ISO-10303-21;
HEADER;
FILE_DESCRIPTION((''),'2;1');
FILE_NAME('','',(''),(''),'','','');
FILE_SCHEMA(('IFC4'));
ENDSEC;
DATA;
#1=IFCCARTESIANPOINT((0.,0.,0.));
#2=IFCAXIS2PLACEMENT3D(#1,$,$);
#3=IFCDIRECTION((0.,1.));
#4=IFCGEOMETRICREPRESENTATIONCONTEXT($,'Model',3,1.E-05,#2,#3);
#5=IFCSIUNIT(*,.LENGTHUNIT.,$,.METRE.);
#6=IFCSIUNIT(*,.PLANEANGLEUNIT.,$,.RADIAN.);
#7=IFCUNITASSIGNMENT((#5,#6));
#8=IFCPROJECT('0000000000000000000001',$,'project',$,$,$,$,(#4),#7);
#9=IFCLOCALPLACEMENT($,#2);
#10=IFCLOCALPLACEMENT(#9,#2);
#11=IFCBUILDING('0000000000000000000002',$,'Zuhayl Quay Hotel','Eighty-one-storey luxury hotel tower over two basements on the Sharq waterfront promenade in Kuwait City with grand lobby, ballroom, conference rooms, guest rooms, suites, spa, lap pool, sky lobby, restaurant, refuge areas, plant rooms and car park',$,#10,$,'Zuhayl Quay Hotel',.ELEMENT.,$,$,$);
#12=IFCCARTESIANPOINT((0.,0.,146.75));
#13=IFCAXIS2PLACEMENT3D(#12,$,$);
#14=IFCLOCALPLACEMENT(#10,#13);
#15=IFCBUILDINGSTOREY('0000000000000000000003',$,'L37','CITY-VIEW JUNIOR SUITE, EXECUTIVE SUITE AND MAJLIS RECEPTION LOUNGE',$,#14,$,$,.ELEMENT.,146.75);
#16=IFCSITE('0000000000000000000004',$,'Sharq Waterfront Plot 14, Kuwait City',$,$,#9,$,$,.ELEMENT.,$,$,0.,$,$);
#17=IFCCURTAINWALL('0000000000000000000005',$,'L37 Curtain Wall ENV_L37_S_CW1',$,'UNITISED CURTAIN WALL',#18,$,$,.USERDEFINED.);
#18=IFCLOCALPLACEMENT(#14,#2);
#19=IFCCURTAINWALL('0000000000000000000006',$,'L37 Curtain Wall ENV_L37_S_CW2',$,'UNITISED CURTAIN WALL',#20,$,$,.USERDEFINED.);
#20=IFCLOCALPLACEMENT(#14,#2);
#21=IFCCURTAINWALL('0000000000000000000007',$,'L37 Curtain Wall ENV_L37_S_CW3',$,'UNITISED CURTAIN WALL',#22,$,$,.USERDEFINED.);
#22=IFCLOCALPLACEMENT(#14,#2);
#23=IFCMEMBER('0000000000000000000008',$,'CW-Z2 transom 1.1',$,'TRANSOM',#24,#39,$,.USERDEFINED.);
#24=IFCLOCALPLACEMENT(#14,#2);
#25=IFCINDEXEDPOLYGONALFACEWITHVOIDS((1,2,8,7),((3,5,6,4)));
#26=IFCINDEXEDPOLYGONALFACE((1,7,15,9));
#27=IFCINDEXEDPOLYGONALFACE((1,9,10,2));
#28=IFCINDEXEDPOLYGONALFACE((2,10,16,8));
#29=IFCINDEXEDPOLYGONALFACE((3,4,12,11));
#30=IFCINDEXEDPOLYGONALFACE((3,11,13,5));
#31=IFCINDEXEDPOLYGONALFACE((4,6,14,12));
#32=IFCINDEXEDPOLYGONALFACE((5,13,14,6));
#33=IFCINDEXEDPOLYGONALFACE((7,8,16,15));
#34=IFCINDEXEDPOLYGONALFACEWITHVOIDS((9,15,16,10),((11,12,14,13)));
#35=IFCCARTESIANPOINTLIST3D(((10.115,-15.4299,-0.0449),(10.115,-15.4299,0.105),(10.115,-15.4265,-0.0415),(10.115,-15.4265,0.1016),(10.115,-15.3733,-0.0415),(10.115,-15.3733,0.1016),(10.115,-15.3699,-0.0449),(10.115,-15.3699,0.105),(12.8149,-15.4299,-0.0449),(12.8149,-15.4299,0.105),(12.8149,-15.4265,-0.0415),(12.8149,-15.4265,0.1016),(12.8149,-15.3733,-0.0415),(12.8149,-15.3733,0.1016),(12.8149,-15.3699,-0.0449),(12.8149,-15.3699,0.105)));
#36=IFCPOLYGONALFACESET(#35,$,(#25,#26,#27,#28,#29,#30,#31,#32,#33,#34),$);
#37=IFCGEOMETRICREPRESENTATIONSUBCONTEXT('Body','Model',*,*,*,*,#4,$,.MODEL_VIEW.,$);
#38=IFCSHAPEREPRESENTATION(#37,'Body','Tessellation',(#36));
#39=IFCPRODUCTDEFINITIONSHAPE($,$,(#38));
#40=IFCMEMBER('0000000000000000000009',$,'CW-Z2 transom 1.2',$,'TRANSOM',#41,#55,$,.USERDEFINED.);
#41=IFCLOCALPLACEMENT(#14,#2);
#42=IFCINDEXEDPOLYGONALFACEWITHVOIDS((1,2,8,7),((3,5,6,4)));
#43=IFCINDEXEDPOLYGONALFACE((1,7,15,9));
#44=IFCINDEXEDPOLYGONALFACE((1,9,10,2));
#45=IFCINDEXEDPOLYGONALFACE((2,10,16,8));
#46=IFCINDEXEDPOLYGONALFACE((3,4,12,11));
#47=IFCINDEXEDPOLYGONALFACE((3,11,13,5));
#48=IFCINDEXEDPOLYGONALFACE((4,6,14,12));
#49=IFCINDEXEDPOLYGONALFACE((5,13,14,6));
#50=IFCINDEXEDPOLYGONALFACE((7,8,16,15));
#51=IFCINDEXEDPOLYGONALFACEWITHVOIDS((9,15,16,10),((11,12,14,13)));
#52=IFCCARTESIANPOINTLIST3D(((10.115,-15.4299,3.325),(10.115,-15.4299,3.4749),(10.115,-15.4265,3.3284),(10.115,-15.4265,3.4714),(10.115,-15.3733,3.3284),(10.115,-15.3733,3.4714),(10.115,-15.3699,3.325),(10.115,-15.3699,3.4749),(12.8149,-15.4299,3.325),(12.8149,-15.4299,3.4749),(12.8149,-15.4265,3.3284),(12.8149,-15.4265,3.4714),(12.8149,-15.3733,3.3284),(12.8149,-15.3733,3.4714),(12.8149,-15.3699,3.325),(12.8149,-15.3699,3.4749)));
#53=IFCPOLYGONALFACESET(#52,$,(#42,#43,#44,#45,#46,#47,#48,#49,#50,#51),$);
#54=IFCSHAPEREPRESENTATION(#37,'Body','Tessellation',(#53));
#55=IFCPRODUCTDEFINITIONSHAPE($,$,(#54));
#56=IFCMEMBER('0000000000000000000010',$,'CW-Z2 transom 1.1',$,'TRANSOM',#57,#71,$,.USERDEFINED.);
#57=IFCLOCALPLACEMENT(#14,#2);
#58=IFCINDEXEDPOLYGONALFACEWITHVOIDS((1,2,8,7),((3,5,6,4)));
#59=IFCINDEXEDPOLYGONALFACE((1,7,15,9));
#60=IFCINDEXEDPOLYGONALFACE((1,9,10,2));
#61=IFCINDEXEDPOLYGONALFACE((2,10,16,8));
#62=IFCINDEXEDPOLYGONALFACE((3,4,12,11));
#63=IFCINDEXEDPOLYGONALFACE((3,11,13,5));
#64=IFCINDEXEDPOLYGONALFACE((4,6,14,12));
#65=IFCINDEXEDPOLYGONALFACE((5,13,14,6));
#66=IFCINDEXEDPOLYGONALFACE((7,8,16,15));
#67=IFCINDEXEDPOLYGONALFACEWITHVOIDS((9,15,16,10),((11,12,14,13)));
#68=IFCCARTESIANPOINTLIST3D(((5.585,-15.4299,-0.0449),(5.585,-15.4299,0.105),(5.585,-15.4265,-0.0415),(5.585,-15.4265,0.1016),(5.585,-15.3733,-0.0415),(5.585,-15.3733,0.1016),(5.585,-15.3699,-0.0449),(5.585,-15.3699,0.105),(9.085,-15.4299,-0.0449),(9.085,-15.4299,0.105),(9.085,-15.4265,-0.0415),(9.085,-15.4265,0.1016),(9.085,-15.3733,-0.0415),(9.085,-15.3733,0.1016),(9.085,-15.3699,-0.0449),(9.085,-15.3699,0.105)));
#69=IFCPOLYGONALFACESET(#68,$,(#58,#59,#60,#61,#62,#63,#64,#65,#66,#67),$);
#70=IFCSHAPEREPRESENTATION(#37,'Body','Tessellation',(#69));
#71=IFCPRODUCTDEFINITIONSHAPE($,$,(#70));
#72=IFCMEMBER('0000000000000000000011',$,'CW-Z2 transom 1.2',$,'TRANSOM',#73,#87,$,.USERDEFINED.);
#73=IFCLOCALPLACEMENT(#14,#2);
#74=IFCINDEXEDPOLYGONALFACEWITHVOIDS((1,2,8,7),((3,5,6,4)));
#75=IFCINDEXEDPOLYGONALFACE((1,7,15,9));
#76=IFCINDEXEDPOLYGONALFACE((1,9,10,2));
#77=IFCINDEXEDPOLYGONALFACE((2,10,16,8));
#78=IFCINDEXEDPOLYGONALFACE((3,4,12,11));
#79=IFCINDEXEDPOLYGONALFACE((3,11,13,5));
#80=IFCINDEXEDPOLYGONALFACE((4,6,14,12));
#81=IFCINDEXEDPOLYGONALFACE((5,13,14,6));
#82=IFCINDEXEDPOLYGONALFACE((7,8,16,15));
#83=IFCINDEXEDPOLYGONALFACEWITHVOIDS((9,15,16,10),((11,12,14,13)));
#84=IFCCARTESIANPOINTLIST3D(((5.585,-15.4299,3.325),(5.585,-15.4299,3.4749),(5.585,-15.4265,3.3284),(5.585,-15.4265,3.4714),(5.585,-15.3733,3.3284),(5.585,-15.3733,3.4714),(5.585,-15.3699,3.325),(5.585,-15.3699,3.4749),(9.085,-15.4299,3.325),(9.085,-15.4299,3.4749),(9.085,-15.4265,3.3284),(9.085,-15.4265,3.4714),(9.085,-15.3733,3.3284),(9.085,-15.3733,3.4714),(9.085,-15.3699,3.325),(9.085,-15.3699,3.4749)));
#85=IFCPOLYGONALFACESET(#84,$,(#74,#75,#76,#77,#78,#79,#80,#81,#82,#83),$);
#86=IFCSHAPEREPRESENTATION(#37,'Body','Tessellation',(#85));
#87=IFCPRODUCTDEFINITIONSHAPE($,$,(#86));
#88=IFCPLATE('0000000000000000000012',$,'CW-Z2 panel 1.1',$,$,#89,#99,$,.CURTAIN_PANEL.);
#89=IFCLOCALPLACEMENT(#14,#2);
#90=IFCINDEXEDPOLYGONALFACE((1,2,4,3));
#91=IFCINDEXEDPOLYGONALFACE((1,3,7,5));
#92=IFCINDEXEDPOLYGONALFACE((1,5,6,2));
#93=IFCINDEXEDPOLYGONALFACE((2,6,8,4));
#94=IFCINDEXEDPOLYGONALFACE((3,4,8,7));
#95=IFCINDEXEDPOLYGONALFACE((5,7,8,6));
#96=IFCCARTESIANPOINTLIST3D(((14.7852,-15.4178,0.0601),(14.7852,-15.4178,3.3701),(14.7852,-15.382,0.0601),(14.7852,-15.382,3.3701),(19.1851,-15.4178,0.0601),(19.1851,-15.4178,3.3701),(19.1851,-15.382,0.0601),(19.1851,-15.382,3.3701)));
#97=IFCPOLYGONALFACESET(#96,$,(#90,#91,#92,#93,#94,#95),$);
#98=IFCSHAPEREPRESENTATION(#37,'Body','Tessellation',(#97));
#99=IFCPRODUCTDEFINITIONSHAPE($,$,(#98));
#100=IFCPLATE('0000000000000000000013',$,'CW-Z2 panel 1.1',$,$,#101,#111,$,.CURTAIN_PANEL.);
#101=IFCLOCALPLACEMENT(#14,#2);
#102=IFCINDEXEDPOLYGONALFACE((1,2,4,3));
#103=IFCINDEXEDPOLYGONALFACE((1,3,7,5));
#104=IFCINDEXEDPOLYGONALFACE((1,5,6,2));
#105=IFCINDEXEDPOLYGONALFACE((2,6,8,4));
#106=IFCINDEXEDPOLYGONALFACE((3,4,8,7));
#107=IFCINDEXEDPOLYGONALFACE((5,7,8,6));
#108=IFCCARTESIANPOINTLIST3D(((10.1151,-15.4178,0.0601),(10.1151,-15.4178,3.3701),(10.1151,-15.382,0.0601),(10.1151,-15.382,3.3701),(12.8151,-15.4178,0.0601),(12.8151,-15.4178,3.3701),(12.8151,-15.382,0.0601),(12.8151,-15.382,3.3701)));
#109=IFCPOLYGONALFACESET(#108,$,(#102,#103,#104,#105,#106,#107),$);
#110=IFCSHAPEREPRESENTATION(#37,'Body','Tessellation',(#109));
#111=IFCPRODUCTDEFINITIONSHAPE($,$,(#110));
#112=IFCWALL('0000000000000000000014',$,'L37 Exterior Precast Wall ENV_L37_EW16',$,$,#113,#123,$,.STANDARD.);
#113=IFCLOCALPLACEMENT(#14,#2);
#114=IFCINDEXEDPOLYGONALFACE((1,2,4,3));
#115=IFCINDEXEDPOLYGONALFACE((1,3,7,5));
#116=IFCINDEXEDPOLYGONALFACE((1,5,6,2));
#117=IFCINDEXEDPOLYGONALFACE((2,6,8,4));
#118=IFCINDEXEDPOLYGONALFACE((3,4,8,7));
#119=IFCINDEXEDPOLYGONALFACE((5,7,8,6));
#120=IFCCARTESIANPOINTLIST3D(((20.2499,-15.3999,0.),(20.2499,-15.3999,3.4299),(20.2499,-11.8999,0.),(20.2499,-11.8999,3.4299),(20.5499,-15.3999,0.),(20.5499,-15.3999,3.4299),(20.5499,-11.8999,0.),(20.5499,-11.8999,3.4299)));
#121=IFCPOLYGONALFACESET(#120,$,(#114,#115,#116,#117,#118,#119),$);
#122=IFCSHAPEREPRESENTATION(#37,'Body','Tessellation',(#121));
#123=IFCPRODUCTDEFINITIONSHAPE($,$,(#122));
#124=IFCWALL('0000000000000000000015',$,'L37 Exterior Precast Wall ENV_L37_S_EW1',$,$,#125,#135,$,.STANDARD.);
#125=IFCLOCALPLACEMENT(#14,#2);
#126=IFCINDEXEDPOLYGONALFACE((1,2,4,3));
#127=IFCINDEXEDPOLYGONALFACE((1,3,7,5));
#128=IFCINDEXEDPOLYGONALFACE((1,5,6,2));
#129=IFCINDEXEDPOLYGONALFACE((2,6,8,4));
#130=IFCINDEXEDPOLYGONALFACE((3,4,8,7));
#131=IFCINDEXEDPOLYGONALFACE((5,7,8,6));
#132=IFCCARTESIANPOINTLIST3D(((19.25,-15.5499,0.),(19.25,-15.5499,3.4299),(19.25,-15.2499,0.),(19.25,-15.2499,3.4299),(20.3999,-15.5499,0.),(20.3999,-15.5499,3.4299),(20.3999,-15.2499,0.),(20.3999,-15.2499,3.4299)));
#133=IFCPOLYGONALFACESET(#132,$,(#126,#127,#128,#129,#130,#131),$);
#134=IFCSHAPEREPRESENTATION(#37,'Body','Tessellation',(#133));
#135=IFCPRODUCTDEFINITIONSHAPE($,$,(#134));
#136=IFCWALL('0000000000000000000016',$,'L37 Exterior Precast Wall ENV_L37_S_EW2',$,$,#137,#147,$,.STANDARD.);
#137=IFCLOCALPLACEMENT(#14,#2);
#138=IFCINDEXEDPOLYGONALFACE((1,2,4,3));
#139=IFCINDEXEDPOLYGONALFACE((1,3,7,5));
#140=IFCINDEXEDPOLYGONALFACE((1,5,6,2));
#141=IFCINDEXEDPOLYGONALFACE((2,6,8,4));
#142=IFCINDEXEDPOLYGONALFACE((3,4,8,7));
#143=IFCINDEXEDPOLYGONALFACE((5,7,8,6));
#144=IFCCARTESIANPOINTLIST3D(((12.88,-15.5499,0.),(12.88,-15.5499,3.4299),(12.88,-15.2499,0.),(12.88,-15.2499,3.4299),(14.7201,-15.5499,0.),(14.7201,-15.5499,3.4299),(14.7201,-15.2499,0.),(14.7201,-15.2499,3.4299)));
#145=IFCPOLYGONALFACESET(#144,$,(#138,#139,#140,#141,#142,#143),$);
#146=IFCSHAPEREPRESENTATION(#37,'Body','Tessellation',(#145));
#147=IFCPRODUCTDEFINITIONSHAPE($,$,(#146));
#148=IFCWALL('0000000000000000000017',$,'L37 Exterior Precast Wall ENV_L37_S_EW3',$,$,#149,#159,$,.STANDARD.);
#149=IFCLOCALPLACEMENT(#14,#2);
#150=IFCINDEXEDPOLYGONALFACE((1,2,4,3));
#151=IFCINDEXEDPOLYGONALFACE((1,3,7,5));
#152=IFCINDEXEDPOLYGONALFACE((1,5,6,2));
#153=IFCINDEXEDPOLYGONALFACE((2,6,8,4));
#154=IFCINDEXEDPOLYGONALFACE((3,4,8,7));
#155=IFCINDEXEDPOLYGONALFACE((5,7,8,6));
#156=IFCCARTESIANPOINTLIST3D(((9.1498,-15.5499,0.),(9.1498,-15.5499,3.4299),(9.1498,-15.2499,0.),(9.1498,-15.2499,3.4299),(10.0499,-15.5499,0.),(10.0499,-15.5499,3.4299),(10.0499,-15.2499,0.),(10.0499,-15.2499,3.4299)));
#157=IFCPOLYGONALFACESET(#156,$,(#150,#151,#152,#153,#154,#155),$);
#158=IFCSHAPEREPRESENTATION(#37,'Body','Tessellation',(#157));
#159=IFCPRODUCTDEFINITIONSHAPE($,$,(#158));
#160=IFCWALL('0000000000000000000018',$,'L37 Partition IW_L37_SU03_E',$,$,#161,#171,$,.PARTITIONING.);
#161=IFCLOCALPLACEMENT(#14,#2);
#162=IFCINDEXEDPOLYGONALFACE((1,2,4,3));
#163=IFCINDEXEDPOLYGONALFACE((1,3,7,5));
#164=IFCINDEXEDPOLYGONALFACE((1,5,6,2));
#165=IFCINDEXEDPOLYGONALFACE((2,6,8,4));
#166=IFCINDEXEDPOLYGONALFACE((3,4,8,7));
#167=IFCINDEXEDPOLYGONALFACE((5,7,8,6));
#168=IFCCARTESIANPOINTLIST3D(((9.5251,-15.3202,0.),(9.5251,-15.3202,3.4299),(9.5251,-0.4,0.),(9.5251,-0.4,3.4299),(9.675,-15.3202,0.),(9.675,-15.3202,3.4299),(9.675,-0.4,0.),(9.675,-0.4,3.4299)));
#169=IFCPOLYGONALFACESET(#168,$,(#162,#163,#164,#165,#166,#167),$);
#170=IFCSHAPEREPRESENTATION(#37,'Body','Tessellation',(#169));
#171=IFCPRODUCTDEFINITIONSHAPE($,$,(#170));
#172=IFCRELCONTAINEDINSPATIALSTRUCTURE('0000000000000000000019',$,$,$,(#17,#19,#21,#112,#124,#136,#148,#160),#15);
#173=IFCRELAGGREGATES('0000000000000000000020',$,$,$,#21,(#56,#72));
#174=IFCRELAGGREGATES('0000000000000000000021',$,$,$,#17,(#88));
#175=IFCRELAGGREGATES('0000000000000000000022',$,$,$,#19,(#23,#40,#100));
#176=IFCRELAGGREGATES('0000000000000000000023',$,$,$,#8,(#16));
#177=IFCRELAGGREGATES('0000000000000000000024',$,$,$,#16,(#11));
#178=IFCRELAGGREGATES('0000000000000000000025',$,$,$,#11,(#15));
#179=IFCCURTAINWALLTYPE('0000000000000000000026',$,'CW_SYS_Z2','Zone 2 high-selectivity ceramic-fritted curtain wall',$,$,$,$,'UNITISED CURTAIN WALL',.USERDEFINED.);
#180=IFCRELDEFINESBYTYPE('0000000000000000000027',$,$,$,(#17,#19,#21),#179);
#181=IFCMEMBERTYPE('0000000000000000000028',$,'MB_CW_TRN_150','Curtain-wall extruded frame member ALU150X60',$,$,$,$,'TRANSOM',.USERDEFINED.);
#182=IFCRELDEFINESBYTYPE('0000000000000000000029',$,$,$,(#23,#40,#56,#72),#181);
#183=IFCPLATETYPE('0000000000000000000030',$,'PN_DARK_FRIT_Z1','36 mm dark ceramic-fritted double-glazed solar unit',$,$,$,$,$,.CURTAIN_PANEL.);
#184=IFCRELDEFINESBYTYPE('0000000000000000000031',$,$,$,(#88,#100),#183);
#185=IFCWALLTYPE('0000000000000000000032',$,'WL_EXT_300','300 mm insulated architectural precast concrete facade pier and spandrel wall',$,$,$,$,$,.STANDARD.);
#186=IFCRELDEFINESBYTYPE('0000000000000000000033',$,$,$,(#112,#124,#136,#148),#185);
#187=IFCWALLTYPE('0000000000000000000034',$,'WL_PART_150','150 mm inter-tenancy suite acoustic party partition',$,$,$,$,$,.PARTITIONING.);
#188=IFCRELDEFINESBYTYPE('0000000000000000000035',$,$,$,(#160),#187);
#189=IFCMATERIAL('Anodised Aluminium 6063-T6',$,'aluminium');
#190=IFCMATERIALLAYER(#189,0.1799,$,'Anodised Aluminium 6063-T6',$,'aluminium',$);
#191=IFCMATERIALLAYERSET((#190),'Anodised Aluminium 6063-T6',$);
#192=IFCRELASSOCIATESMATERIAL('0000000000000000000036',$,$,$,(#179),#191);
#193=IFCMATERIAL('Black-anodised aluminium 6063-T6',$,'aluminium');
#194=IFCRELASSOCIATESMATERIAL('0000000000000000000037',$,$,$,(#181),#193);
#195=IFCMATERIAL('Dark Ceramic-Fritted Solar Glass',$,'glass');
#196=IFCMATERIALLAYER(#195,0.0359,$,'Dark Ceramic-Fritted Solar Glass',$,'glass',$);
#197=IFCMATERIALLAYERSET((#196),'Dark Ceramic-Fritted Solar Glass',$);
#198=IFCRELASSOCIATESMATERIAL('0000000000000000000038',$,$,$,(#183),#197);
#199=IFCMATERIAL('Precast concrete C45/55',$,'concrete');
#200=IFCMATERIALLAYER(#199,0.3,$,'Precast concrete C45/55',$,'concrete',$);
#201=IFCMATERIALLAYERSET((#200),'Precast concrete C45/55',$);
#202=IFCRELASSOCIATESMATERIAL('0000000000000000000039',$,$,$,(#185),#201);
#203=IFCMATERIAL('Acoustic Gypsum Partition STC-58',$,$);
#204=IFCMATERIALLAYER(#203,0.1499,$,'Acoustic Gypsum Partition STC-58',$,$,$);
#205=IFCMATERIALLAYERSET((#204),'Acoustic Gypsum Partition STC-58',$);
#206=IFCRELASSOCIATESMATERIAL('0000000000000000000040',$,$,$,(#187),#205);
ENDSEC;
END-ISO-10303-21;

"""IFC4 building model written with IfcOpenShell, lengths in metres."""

from ifc_helpers import new_model, si_unit, direction, frame, frame_2d, origin, origin_2d, place, context, subcontext, project, spatial, rectangle, hollow_rectangle, extrude, material, layer, layer_set, material_profile, profile_set, type_object, element, aggregate, save


model = new_model("IFC4")

# Units and contexts
model_context = context("Model", 3, precision=1e-05, world=origin(), true_north=direction((0.0, 1.0)))
body_context = subcontext(model_context, "Body", "Model", "MODEL_VIEW")
ifc_project = project(units=[si_unit("LENGTHUNIT", "METRE"), si_unit("PLANEANGLEUNIT", "RADIAN")], contexts=[model_context])

# Site, building, storey
site_placement = place(None, origin())
site = spatial("IfcSite", under=ifc_project, at=site_placement, Name="Sharq Waterfront Plot 14, Kuwait City", CompositionType="ELEMENT", RefElevation=0.0)
building_placement = place(site_placement, origin())
building = spatial("IfcBuilding", under=site, at=building_placement, Name="Zuhayl Quay Hotel", Description="Eighty-one-storey luxury hotel tower over two basements on the Sharq waterfront promenade in Kuwait City with grand lobby, ballroom, conference rooms, guest rooms, suites, spa, lap pool, sky lobby, restaurant, refuge areas, plant rooms and car park", LongName="Zuhayl Quay Hotel", CompositionType="ELEMENT")
storey_placement = place(building_placement, frame((0.0, 0.0, 146.75)))
storey = spatial("IfcBuildingStorey", under=building, at=storey_placement, Name="L37", Description="CITY-VIEW JUNIOR SUITE, EXECUTIVE SUITE AND MAJLIS RECEPTION LOUNGE", CompositionType="ELEMENT", Elevation=146.75)

# Curtain walls
ifc_material_1 = material(Name="Anodised Aluminium 6063-T6", Category="aluminium")
ifc_layer_1 = layer(ifc_material_1, 0.1799, Name="Anodised Aluminium 6063-T6", Category="aluminium")
ifc_layer_set_1 = layer_set([ifc_layer_1], Name="Anodised Aluminium 6063-T6")
curtain_wall_type = type_object("IfcCurtainWallType", Name="CW_SYS_Z2", Description="Zone 2 high-selectivity ceramic-fritted curtain wall", ElementType="UNITISED CURTAIN WALL", PredefinedType="USERDEFINED", material=ifc_layer_set_1)
curtain_wall_1_placement = place(storey_placement, origin())
curtain_wall_1 = element("IfcCurtainWall", 1, at=curtain_wall_1_placement, inside=storey, type_object=curtain_wall_type, Name="L37 Curtain Wall ENV_L37_S_CW1", ObjectType="UNITISED CURTAIN WALL", PredefinedType="USERDEFINED")
ifc_material_2 = material(Name="Black-anodised aluminium 6063-T6", Category="aluminium")
curtain_wall_2_placement = place(storey_placement, origin())
curtain_wall_2 = element("IfcCurtainWall", 2, at=curtain_wall_2_placement, inside=storey, type_object=curtain_wall_type, Name="L37 Curtain Wall ENV_L37_S_CW2", ObjectType="UNITISED CURTAIN WALL", PredefinedType="USERDEFINED")

# Curtain wall
curtain_wall_3_placement = place(storey_placement, origin())
curtain_wall_3 = element("IfcCurtainWall", 3, at=curtain_wall_3_placement, inside=storey, type_object=curtain_wall_type, Name="L37 Curtain Wall ENV_L37_S_CW3", ObjectType="UNITISED CURTAIN WALL", PredefinedType="USERDEFINED")

# Members
ifc_material_profile_1 = material_profile(ifc_material_2, hollow_rectangle(XDim=0.0601, YDim=0.1499, WallThickness=0.0034, at=origin_2d()), Name="ALU150X60")
ifc_profile_set_1 = profile_set([ifc_material_profile_1], Name="Black-anodised aluminium 6063-T6")
member_type_1 = type_object("IfcMemberType", Name="MB_CW_TRN_150", Description="Curtain-wall extruded frame member ALU150X60", ElementType="TRANSOM", PredefinedType="USERDEFINED", material=ifc_profile_set_1)
member_1_placement = place(storey_placement, frame((12.8149, -15.3999, 0.03), z_axis=(-1.0, 0.0, 0.0), x_axis=(0.0, -1.0, 0.0)))
member_1 = element("IfcMember", 4, at=member_1_placement, type_object=member_type_1, Name="CW-Z2 transom 1.1", ObjectType="TRANSOM", PredefinedType="USERDEFINED", context=body_context, shape_type="SweptSolid", body=[
    extrude(hollow_rectangle(XDim=0.0601, YDim=0.1499, WallThickness=0.0034, at=origin_2d()), origin(), (0.0, 0.0, 1.0), 2.7),
])
member_2_placement = place(storey_placement, frame((12.8149, -15.3999, 3.3999), z_axis=(-1.0, 0.0, 0.0), x_axis=(0.0, -1.0, 0.0)))
member_2 = element("IfcMember", 5, at=member_2_placement, type_object=member_type_1, Name="CW-Z2 transom 1.2", ObjectType="TRANSOM", PredefinedType="USERDEFINED", context=body_context, shape_type="SweptSolid", body=[
    extrude(hollow_rectangle(XDim=0.0601, YDim=0.1499, WallThickness=0.0034, at=origin_2d()), origin(), (0.0, 0.0, 1.0), 2.7),
])
member_3_placement = place(storey_placement, frame((9.085, -15.3999, 0.03), z_axis=(-1.0, 0.0, 0.0), x_axis=(0.0, -1.0, 0.0)))
member_3 = element("IfcMember", 6, at=member_3_placement, type_object=member_type_1, Name="CW-Z2 transom 1.1", ObjectType="TRANSOM", PredefinedType="USERDEFINED", context=body_context, shape_type="SweptSolid", body=[
    extrude(hollow_rectangle(XDim=0.0601, YDim=0.1499, WallThickness=0.0034, at=origin_2d()), origin(), (0.0, 0.0, 1.0), 3.5),
])
member_4_placement = place(storey_placement, frame((9.085, -15.3999, 3.3999), z_axis=(-1.0, 0.0, 0.0), x_axis=(0.0, -1.0, 0.0)))
member_4 = element("IfcMember", 7, at=member_4_placement, type_object=member_type_1, Name="CW-Z2 transom 1.2", ObjectType="TRANSOM", PredefinedType="USERDEFINED", context=body_context, shape_type="SweptSolid", body=[
    extrude(hollow_rectangle(XDim=0.0601, YDim=0.1499, WallThickness=0.0034, at=origin_2d()), origin(), (0.0, 0.0, 1.0), 3.5),
])
aggregate(curtain_wall_3, [member_3, member_4])

# Plates
ifc_material_3 = material(Name="Dark Ceramic-Fritted Solar Glass", Category="glass")
ifc_layer_2 = layer(ifc_material_3, 0.0359, Name="Dark Ceramic-Fritted Solar Glass", Category="glass")
ifc_layer_set_2 = layer_set([ifc_layer_2], Name="Dark Ceramic-Fritted Solar Glass")
plate_type = type_object("IfcPlateType", Name="PN_DARK_FRIT_Z1", Description="36 mm dark ceramic-fritted double-glazed solar unit", PredefinedType="CURTAIN_PANEL", material=ifc_layer_set_2)
plate_1_placement = place(storey_placement, frame((16.9851, -15.3999, 0.0601), z_axis=(0.0, 0.0, 1.0), x_axis=(-1.0, 0.0, 0.0)))
plate_1 = element("IfcPlate", 8, at=plate_1_placement, type_object=plate_type, Name="CW-Z2 panel 1.1", PredefinedType="CURTAIN_PANEL", context=body_context, shape_type="SweptSolid", body=[
    extrude(rectangle(XDim=4.3999, YDim=0.0359, at=origin_2d()), origin(), (0.0, 0.0, 1.0), 3.3101),
])
aggregate(curtain_wall_1, [plate_1])
plate_2_placement = place(storey_placement, frame((11.4651, -15.3999, 0.0601), z_axis=(0.0, 0.0, 1.0), x_axis=(-1.0, 0.0, 0.0)))
plate_2 = element("IfcPlate", 9, at=plate_2_placement, type_object=plate_type, Name="CW-Z2 panel 1.1", PredefinedType="CURTAIN_PANEL", context=body_context, shape_type="SweptSolid", body=[
    extrude(rectangle(XDim=2.7, YDim=0.0359, at=origin_2d()), origin(), (0.0, 0.0, 1.0), 3.3101),
])
aggregate(curtain_wall_2, [member_1, member_2, plate_2])

# Walls
ifc_material_4 = material(Name="Precast concrete C45/55", Category="concrete")
ifc_layer_3 = layer(ifc_material_4, 0.3, Name="Precast concrete C45/55", Category="concrete")
ifc_layer_set_3 = layer_set([ifc_layer_3], Name="Precast concrete C45/55")
wall_type_1 = type_object("IfcWallType", Name="WL_EXT_300", Description="300 mm insulated architectural precast concrete facade pier and spandrel wall", PredefinedType="STANDARD", material=ifc_layer_set_3)
wall_1_placement = place(storey_placement, frame((20.3999, -11.8999, 0.0), z_axis=(0.0, 0.0, 1.0), x_axis=(0.0, -1.0, 0.0)))
element("IfcWall", 10, at=wall_1_placement, inside=storey, type_object=wall_type_1, Name="L37 Exterior Precast Wall ENV_L37_EW16", PredefinedType="STANDARD", context=body_context, shape_type="SweptSolid", body=[
    extrude(rectangle(XDim=3.5, YDim=0.3, at=frame_2d((1.75, 0.0))), origin(), (0.0, 0.0, 1.0), 3.4299),
])
wall_2_placement = place(storey_placement, frame((20.3999, -15.3999, 0.0), z_axis=(0.0, 0.0, 1.0), x_axis=(-1.0, 0.0, 0.0)))
element("IfcWall", 11, at=wall_2_placement, inside=storey, type_object=wall_type_1, Name="L37 Exterior Precast Wall ENV_L37_S_EW1", PredefinedType="STANDARD", context=body_context, shape_type="SweptSolid", body=[
    extrude(rectangle(XDim=1.1499, YDim=0.3, at=frame_2d((0.575, 0.0))), origin(), (0.0, 0.0, 1.0), 3.4299),
])
wall_3_placement = place(storey_placement, frame((14.72, -15.3999, 0.0), z_axis=(0.0, 0.0, 1.0), x_axis=(-1.0, 0.0, 0.0)))
element("IfcWall", 12, at=wall_3_placement, inside=storey, type_object=wall_type_1, Name="L37 Exterior Precast Wall ENV_L37_S_EW2", PredefinedType="STANDARD", context=body_context, shape_type="SweptSolid", body=[
    extrude(rectangle(XDim=1.8401, YDim=0.3, at=frame_2d((0.9199, 0.0))), origin(), (0.0, 0.0, 1.0), 3.4299),
])
wall_4_placement = place(storey_placement, frame((10.05, -15.3999, 0.0), z_axis=(0.0, 0.0, 1.0), x_axis=(-1.0, 0.0, 0.0)))
element("IfcWall", 13, at=wall_4_placement, inside=storey, type_object=wall_type_1, Name="L37 Exterior Precast Wall ENV_L37_S_EW3", PredefinedType="STANDARD", context=body_context, shape_type="SweptSolid", body=[
    extrude(rectangle(XDim=0.9001, YDim=0.3, at=frame_2d((0.4502, 0.0))), origin(), (0.0, 0.0, 1.0), 3.4299),
])
ifc_material_5 = material(Name="Acoustic Gypsum Partition STC-58")
ifc_layer_4 = layer(ifc_material_5, 0.1499, Name="Acoustic Gypsum Partition STC-58")
ifc_layer_set_4 = layer_set([ifc_layer_4], Name="Acoustic Gypsum Partition STC-58")
wall_type_2 = type_object("IfcWallType", Name="WL_PART_150", Description="150 mm inter-tenancy suite acoustic party partition", PredefinedType="PARTITIONING", material=ifc_layer_set_4)
wall_5_placement = place(storey_placement, frame((9.6001, -15.3201, 0.0), z_axis=(0.0, 0.0, 1.0), x_axis=(0.0, 1.0, 0.0)))
element("IfcWall", 14, at=wall_5_placement, inside=storey, type_object=wall_type_2, Name="L37 Partition IW_L37_SU03_E", PredefinedType="PARTITIONING", context=body_context, shape_type="SweptSolid", body=[
    extrude(rectangle(XDim=14.9202, YDim=0.1499, at=frame_2d((7.46, 0.0))), origin(), (0.0, 0.0, 1.0), 3.4299),
])

save(model, "model.ifc")
